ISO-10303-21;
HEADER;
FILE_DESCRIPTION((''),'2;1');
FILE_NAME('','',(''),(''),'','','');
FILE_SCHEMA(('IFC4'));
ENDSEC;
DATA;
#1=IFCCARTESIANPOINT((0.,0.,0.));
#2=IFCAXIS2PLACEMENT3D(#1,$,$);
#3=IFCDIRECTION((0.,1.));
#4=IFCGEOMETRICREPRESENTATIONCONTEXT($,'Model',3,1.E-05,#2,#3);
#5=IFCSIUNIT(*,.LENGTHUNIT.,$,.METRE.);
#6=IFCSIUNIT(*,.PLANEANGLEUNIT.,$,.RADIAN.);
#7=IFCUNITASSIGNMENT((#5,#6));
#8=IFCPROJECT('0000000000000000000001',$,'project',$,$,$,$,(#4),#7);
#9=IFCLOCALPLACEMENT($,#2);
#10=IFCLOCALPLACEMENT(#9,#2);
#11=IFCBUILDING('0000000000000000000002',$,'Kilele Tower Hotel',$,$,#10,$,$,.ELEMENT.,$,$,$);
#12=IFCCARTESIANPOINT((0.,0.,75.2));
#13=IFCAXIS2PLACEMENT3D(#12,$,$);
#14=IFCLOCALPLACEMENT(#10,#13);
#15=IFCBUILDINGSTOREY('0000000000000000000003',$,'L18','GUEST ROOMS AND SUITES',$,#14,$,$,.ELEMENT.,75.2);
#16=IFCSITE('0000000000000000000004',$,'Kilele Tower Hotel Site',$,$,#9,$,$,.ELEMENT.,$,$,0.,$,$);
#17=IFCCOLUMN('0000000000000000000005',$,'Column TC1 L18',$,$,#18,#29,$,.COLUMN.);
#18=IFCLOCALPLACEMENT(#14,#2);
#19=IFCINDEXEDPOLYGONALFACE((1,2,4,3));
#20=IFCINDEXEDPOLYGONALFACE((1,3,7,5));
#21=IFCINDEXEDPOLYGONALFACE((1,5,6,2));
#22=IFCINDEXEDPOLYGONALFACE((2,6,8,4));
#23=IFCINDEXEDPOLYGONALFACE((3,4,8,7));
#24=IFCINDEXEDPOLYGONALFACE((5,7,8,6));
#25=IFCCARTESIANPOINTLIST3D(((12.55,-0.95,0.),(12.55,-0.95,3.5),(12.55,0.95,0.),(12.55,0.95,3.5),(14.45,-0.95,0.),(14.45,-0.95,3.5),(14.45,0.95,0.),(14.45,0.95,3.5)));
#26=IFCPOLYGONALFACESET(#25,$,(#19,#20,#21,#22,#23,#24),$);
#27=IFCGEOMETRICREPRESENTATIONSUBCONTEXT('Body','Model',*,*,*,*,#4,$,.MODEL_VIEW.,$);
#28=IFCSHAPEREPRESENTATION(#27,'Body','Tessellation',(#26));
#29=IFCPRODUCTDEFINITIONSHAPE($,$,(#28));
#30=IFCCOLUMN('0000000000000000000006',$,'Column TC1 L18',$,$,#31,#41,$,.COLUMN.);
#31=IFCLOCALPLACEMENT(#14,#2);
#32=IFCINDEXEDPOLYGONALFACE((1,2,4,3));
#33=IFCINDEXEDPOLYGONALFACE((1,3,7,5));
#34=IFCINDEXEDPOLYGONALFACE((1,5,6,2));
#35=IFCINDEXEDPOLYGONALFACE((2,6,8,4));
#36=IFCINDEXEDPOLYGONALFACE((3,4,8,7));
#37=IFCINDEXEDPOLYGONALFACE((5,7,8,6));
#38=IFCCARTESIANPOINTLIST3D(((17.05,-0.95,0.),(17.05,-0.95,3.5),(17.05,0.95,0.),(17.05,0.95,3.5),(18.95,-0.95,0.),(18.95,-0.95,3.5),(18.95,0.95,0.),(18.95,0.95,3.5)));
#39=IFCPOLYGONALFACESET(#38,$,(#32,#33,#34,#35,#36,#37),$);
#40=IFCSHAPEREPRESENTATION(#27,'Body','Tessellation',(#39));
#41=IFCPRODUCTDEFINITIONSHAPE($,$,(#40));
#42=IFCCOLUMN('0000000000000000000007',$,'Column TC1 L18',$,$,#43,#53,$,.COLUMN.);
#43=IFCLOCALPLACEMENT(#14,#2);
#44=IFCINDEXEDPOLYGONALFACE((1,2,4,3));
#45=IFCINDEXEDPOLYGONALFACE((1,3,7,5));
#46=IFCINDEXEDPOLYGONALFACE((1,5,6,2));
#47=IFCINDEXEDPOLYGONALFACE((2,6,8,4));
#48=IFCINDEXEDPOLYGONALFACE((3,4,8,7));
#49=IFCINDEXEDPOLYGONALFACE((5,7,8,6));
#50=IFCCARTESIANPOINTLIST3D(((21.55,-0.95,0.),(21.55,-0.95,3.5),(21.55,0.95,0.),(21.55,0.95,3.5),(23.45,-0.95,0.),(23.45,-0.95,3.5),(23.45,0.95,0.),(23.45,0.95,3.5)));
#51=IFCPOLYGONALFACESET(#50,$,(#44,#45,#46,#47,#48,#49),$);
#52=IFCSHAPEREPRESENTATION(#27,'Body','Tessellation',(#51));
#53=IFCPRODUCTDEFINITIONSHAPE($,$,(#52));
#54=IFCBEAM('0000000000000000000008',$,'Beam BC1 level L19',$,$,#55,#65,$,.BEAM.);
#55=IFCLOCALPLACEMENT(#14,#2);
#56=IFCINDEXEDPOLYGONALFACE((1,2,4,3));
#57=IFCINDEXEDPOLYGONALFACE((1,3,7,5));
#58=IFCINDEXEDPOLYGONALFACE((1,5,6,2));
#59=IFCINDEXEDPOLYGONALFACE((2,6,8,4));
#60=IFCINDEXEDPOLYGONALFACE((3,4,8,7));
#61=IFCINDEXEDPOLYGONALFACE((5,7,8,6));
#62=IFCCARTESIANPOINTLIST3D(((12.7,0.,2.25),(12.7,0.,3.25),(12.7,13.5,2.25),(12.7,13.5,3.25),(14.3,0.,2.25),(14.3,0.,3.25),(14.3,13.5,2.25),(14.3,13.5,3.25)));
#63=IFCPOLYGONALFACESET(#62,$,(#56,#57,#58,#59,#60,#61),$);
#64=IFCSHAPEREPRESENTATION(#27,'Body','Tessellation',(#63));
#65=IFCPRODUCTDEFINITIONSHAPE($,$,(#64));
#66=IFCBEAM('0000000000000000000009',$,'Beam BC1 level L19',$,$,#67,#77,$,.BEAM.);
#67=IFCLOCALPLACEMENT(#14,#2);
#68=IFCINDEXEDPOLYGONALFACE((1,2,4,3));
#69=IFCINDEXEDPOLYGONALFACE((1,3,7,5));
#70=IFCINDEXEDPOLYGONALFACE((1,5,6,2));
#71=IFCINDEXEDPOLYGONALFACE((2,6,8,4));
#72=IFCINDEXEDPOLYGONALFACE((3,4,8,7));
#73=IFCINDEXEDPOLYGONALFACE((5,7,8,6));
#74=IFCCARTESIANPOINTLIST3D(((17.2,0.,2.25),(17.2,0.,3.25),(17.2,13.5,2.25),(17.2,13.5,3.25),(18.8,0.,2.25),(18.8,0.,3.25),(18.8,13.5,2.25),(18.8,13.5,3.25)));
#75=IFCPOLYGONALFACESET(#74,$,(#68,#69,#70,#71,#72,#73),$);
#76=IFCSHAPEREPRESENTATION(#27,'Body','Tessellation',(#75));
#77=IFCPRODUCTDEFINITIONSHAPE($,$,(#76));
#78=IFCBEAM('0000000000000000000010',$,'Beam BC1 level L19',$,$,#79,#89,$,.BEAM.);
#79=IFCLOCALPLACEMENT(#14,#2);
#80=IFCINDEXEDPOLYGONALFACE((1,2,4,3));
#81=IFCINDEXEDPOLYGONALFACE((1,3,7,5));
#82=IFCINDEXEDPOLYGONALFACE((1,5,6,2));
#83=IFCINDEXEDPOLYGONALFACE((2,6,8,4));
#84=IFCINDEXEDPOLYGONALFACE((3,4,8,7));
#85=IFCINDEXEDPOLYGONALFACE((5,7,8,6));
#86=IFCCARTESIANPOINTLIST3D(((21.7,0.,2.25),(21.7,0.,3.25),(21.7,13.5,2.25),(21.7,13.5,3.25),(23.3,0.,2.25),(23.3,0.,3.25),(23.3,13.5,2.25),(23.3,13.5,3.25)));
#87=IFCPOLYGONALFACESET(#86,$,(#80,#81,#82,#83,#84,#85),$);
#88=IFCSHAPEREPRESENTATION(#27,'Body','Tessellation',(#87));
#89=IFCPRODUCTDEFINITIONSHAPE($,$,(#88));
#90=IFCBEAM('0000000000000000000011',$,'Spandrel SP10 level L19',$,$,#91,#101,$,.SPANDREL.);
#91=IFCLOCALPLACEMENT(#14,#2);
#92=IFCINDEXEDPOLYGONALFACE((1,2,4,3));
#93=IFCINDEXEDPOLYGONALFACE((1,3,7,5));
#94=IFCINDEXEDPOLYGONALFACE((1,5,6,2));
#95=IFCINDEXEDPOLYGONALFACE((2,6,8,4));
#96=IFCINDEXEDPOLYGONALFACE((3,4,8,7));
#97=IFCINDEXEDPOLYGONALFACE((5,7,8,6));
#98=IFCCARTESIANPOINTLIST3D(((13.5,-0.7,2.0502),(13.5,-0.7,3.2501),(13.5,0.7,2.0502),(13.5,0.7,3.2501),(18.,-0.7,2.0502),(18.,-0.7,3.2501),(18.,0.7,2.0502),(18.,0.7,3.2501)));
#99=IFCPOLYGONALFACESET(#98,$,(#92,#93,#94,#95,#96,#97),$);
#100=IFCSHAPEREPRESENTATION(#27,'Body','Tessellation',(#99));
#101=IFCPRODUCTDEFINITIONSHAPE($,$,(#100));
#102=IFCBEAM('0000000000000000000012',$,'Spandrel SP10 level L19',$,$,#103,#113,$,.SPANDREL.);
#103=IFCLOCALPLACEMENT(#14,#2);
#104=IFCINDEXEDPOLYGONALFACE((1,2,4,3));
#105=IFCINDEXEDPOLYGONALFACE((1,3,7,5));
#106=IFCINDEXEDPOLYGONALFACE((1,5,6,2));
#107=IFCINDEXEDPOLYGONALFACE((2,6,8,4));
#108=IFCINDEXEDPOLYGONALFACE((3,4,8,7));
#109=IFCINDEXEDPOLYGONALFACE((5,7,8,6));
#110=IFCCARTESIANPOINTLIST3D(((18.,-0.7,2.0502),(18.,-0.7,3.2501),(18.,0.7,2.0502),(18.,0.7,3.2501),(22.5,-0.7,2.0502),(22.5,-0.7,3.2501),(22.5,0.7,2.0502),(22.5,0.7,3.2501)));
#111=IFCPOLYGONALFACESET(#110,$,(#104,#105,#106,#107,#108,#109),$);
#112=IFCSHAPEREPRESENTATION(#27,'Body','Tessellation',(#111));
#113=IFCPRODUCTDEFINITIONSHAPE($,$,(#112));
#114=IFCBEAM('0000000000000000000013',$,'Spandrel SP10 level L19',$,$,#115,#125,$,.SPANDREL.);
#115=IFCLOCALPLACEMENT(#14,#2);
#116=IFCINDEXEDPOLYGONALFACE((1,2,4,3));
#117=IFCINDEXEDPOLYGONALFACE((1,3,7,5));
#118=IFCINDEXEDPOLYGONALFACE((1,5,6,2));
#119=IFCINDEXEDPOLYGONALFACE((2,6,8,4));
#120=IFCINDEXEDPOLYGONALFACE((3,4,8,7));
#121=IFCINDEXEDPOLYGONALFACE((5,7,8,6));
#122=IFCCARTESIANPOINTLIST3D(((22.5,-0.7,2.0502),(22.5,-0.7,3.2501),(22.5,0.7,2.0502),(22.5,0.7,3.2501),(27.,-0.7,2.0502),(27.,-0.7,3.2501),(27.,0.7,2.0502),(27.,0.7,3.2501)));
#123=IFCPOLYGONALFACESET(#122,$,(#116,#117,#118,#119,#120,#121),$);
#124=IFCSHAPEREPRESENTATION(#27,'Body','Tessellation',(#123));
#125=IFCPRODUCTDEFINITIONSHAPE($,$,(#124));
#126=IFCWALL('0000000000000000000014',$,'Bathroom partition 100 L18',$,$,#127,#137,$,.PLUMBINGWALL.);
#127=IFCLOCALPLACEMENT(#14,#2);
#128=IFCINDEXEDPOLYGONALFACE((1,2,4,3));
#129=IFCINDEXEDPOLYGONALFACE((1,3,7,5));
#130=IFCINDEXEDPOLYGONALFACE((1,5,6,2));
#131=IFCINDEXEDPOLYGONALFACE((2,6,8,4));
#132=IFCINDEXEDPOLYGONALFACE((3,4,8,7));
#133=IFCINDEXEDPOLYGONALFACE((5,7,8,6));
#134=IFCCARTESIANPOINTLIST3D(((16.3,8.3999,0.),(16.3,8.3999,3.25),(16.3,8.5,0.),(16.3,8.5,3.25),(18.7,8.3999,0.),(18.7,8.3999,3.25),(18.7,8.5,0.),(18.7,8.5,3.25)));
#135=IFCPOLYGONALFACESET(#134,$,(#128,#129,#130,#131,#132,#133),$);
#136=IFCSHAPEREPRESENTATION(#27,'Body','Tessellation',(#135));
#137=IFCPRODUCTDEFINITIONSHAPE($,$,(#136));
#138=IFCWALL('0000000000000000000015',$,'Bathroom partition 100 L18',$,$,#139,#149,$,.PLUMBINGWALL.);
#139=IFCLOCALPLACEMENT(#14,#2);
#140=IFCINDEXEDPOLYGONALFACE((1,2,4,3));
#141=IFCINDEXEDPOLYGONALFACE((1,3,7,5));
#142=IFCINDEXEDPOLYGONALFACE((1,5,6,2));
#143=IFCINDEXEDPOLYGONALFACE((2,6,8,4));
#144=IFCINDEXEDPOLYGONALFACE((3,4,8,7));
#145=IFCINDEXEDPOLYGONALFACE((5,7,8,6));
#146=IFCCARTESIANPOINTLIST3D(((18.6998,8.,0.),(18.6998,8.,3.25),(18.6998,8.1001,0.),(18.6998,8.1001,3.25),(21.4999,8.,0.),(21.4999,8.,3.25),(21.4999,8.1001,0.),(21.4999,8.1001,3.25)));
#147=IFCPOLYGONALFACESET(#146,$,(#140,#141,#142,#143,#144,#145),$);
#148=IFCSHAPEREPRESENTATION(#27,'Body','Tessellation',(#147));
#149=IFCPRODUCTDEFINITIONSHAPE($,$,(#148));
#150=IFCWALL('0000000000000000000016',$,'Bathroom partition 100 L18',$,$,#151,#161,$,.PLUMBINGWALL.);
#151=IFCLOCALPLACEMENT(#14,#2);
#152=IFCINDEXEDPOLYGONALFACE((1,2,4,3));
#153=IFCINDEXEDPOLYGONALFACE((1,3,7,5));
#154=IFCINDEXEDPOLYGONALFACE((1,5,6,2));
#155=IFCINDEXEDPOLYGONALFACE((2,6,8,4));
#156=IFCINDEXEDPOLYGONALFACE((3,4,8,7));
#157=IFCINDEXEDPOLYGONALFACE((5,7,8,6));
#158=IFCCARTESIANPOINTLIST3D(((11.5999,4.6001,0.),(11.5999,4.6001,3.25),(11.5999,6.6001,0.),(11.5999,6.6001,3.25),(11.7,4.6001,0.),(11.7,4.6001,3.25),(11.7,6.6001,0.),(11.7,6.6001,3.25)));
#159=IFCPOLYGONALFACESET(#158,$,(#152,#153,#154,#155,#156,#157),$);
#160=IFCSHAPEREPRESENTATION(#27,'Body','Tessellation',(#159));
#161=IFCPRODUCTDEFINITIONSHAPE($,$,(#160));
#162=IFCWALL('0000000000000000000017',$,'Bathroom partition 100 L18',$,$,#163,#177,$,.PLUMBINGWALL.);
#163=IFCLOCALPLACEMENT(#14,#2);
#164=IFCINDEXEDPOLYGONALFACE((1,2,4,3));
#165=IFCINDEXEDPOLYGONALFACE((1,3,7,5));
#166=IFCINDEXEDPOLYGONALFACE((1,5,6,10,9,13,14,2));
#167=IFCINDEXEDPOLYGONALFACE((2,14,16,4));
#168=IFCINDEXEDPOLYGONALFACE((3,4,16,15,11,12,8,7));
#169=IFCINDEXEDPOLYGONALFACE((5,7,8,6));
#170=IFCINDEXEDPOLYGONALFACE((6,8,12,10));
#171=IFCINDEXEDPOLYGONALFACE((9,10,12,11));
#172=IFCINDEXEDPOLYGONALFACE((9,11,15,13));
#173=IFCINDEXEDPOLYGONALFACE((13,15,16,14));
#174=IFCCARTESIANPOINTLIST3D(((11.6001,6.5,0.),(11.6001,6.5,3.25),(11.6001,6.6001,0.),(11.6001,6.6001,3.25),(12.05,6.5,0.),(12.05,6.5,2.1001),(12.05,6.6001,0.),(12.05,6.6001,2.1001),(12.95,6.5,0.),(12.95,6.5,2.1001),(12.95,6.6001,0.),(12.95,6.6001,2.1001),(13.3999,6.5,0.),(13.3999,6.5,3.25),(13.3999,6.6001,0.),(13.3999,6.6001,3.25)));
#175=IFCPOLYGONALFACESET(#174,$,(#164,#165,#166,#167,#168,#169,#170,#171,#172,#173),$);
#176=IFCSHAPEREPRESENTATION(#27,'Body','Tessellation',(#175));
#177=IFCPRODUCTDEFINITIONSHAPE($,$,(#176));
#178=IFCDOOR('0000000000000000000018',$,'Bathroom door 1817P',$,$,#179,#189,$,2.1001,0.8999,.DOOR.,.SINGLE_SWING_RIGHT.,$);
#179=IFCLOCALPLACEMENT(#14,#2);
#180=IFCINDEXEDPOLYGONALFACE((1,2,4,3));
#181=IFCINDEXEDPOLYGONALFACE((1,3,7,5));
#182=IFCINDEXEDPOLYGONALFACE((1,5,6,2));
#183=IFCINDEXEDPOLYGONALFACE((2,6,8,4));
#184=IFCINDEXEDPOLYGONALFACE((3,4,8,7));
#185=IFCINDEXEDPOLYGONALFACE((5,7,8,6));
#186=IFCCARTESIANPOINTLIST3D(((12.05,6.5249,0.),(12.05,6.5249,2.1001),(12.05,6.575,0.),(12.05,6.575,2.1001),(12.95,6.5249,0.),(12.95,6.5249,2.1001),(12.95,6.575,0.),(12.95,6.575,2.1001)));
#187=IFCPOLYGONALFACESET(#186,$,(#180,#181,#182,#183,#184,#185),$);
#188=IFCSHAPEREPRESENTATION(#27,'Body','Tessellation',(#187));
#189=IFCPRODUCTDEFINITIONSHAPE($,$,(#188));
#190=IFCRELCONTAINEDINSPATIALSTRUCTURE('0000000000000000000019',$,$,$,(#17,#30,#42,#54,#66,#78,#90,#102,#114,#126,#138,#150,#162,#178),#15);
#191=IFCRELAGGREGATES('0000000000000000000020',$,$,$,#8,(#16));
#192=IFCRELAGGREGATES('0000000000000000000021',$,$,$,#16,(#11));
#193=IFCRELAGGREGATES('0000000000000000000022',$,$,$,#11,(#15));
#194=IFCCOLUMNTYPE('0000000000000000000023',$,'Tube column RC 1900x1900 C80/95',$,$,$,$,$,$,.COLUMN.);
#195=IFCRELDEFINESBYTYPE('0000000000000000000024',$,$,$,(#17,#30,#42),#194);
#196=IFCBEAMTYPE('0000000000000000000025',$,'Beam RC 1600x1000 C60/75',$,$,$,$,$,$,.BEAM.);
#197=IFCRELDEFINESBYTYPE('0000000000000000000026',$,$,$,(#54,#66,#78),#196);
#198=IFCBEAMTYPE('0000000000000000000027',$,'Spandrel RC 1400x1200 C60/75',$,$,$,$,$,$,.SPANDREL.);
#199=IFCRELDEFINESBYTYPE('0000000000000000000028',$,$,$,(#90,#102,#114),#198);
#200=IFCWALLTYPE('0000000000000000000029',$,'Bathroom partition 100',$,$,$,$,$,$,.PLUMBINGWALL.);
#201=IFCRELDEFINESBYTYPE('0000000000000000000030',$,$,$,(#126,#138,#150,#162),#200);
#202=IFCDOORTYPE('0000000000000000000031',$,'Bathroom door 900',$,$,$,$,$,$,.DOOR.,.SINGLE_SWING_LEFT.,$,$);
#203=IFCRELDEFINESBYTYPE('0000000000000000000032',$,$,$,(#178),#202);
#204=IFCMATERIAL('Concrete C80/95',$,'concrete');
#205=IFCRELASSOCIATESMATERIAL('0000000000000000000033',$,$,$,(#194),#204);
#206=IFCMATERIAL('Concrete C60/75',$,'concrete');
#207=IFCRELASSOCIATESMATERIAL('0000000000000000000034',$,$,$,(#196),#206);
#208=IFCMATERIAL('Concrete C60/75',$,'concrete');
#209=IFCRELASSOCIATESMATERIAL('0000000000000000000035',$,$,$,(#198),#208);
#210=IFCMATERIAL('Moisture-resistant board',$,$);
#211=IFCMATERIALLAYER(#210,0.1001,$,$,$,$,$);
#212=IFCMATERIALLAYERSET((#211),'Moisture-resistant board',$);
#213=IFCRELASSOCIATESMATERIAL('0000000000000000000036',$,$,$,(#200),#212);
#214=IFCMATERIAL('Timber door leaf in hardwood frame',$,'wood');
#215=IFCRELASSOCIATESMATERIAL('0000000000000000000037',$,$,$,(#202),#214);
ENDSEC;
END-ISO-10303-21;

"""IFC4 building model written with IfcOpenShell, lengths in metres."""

from ifc_helpers import new_model, si_unit, direction, frame, frame_2d, origin, origin_2d, place, context, subcontext, project, spatial, rectangle, extrude, material, layer, layer_set, material_profile, profile_set, type_object, element, fill, save


model = new_model("IFC4")

# Units and contexts
model_context = context("Model", 3, precision=1e-05, world=origin(), true_north=direction((0.0, 1.0)))
body_context = subcontext(model_context, "Body", "Model", "MODEL_VIEW")
ifc_project = project(units=[si_unit("LENGTHUNIT", "METRE"), si_unit("PLANEANGLEUNIT", "RADIAN")], contexts=[model_context])

# Site, building, storey
site_placement = place(None, origin())
site = spatial("IfcSite", under=ifc_project, at=site_placement, Name="Kilele Tower Hotel Site", CompositionType="ELEMENT", RefElevation=0.0)
building_placement = place(site_placement, origin())
building = spatial("IfcBuilding", under=site, at=building_placement, Name="Kilele Tower Hotel", CompositionType="ELEMENT")
storey_placement = place(building_placement, frame((0.0, 0.0, 75.2)))
storey = spatial("IfcBuildingStorey", under=building, at=storey_placement, Name="L18", Description="GUEST ROOMS AND SUITES", CompositionType="ELEMENT", Elevation=75.2)

# Columns
ifc_material_1 = material(Name="Concrete C80/95", Category="concrete")
ifc_material_profile_1 = material_profile(ifc_material_1, rectangle(XDim=1.8999, YDim=1.8999, at=origin_2d()))
ifc_profile_set_1 = profile_set([ifc_material_profile_1], Name="Concrete C80/95")
column_type = type_object("IfcColumnType", Name="Tube column RC 1900x1900 C80/95", PredefinedType="COLUMN", material=ifc_profile_set_1)
for number, where, z_axis, x_axis, name in (
    (1, (13.5, 0.0, 0.0), (0.0, 0.0, 1.0), (1.0, 0.0, 0.0), "Column TC1 L18"),
    (2, (18.0, 0.0, 0.0), (0.0, 0.0, 1.0), (1.0, 0.0, 0.0), "Column TC1 L18"),
    (3, (22.5, 0.0, 0.0), (0.0, 0.0, 1.0), (1.0, 0.0, 0.0), "Column TC1 L18"),
):
    element("IfcColumn", number, at=place(storey_placement, frame(where, z_axis=z_axis, x_axis=x_axis)), inside=storey, type_object=column_type, Name=name, PredefinedType="COLUMN", context=body_context, shape_type="SweptSolid", body=[
        extrude(rectangle(XDim=1.8999, YDim=1.8999, at=origin_2d()), origin(), (0.0, 0.0, 1.0), 3.5),
    ])

# Beams
ifc_material_2 = material(Name="Concrete C60/75", Category="concrete")
ifc_material_profile_2 = material_profile(ifc_material_2, rectangle(XDim=1.6001, YDim=1.0, at=origin_2d()))
ifc_profile_set_2 = profile_set([ifc_material_profile_2], Name="Concrete C60/75")
beam_type_1 = type_object("IfcBeamType", Name="Beam RC 1600x1000 C60/75", PredefinedType="BEAM", material=ifc_profile_set_2)
for number, where, z_axis, x_axis, name in (
    (4, (13.5, 0.0, 2.75), (0.0, 1.0, 0.0), (-1.0, 0.0, 0.0), "Beam BC1 level L19"),
    (5, (18.0, 0.0, 2.75), (0.0, 1.0, 0.0), (-1.0, 0.0, 0.0), "Beam BC1 level L19"),
    (6, (22.5, 0.0, 2.75), (0.0, 1.0, 0.0), (-1.0, 0.0, 0.0), "Beam BC1 level L19"),
):
    element("IfcBeam", number, at=place(storey_placement, frame(where, z_axis=z_axis, x_axis=x_axis)), inside=storey, type_object=beam_type_1, Name=name, PredefinedType="BEAM", context=body_context, shape_type="SweptSolid", body=[
        extrude(rectangle(XDim=1.6001, YDim=1.0, at=origin_2d()), origin(), (0.0, 0.0, 1.0), 13.5),
    ])
ifc_material_3 = material(Name="Concrete C60/75", Category="concrete")
ifc_material_profile_3 = material_profile(ifc_material_3, rectangle(XDim=1.3999, YDim=1.2, at=origin_2d()))
ifc_profile_set_3 = profile_set([ifc_material_profile_3], Name="Concrete C60/75")
beam_type_2 = type_object("IfcBeamType", Name="Spandrel RC 1400x1200 C60/75", PredefinedType="SPANDREL", material=ifc_profile_set_3)
for number, where, z_axis, x_axis, name in (
    (7, (13.5, 0.0, 2.6501), (1.0, 0.0, 0.0), (0.0, 1.0, 0.0), "Spandrel SP10 level L19"),
    (8, (18.0, 0.0, 2.6501), (1.0, 0.0, 0.0), (0.0, 1.0, 0.0), "Spandrel SP10 level L19"),
    (9, (22.5, 0.0, 2.6501), (1.0, 0.0, 0.0), (0.0, 1.0, 0.0), "Spandrel SP10 level L19"),
):
    element("IfcBeam", number, at=place(storey_placement, frame(where, z_axis=z_axis, x_axis=x_axis)), inside=storey, type_object=beam_type_2, Name=name, PredefinedType="SPANDREL", context=body_context, shape_type="SweptSolid", body=[
        extrude(rectangle(XDim=1.3999, YDim=1.2, at=origin_2d()), origin(), (0.0, 0.0, 1.0), 4.5),
    ])

# Walls
ifc_material_4 = material(Name="Moisture-resistant board")
ifc_layer_1 = layer(ifc_material_4, 0.1001)
ifc_layer_set_1 = layer_set([ifc_layer_1], Name="Moisture-resistant board")
wall_type_1 = type_object("IfcWallType", Name="Bathroom partition 100", PredefinedType="PLUMBINGWALL", material=ifc_layer_set_1)
wall_1_placement = place(storey_placement, frame((16.3, 8.45, 0.0), z_axis=(0.0, 0.0, 1.0), x_axis=(1.0, 0.0, 0.0)))
element("IfcWall", 10, at=wall_1_placement, inside=storey, type_object=wall_type_1, Name="Bathroom partition 100 L18", PredefinedType="PLUMBINGWALL", context=body_context, shape_type="SweptSolid", body=[
    extrude(rectangle(XDim=2.3999, YDim=0.1001, at=frame_2d((1.2, 0.0))), origin(), (0.0, 0.0, 1.0), 3.25),
])
wall_2_placement = place(storey_placement, frame((18.7, 8.05, 0.0), z_axis=(0.0, 0.0, 1.0), x_axis=(1.0, 0.0, 0.0)))
element("IfcWall", 11, at=wall_2_placement, inside=storey, type_object=wall_type_1, Name="Bathroom partition 100 L18", PredefinedType="PLUMBINGWALL", context=body_context, shape_type="SweptSolid", body=[
    extrude(rectangle(XDim=2.8, YDim=0.1001, at=frame_2d((1.3999, 0.0))), origin(), (0.0, 0.0, 1.0), 3.25),
])
wall_3_placement = place(storey_placement, frame((11.6499, 4.6001, 0.0), z_axis=(0.0, 0.0, 1.0), x_axis=(0.0, 1.0, 0.0)))
element("IfcWall", 12, at=wall_3_placement, inside=storey, type_object=wall_type_1, Name="Bathroom partition 100 L18", PredefinedType="PLUMBINGWALL", context=body_context, shape_type="SweptSolid", body=[
    extrude(rectangle(XDim=2.0, YDim=0.1001, at=frame_2d((1.0, 0.0))), origin(), (0.0, 0.0, 1.0), 3.25),
])

# Wall, opening, door
wall_4_placement = place(storey_placement, frame((13.3999, 6.55, 0.0), z_axis=(0.0, 0.0, 1.0), x_axis=(-1.0, 0.0, 0.0)))
wall_4 = element("IfcWall", 13, at=wall_4_placement, inside=storey, type_object=wall_type_1, Name="Bathroom partition 100 L18", PredefinedType="PLUMBINGWALL", context=body_context, shape_type="SweptSolid", body=[
    extrude(rectangle(XDim=1.7998, YDim=0.1001, at=frame_2d((0.8999, 0.0))), origin(), (0.0, 0.0, 1.0), 3.25),
])
opening_1_placement = place(wall_4_placement, frame((1.3499, 0.0, 0.0), z_axis=(0.0, 0.0, 1.0), x_axis=(-1.0, 0.0, 0.0)))
opening_1 = element("IfcOpeningElement", 14, at=opening_1_placement, cuts=wall_4, PredefinedType="OPENING", context=body_context, shape_type="SweptSolid", body=[
    extrude(rectangle(XDim=0.8999, YDim=2.1001, at=frame_2d((0.45, 1.05))), frame((0.0, 0.0601, 0.0), z_axis=(0.0, -1.0, 0.0), x_axis=(1.0, 0.0, 0.0)), (0.0, 0.0, 1.0), 0.1201),
])
ifc_material_5 = material(Name="Timber door leaf in hardwood frame", Category="wood")
door_type_1 = type_object("IfcDoorType", Name="Bathroom door 900", OperationType="SINGLE_SWING_LEFT", PredefinedType="DOOR", material=ifc_material_5)
door_1_placement = place(opening_1_placement, origin())
door_1 = element("IfcDoor", 15, at=door_1_placement, inside=storey, type_object=door_type_1, Name="Bathroom door 1817P", OperationType="SINGLE_SWING_RIGHT", OverallHeight=2.1001, OverallWidth=0.8999, PredefinedType="DOOR", context=body_context, shape_type="SweptSolid", body=[
    extrude(rectangle(XDim=0.8999, YDim=2.1001, at=frame_2d((0.45, 1.05))), frame((0.0, 0.0249, 0.0), z_axis=(0.0, -1.0, 0.0), x_axis=(1.0, 0.0, 0.0)), (0.0, 0.0, 1.0), 0.05),
])
fill(opening_1, door_1)

save(model, "model.ifc")
